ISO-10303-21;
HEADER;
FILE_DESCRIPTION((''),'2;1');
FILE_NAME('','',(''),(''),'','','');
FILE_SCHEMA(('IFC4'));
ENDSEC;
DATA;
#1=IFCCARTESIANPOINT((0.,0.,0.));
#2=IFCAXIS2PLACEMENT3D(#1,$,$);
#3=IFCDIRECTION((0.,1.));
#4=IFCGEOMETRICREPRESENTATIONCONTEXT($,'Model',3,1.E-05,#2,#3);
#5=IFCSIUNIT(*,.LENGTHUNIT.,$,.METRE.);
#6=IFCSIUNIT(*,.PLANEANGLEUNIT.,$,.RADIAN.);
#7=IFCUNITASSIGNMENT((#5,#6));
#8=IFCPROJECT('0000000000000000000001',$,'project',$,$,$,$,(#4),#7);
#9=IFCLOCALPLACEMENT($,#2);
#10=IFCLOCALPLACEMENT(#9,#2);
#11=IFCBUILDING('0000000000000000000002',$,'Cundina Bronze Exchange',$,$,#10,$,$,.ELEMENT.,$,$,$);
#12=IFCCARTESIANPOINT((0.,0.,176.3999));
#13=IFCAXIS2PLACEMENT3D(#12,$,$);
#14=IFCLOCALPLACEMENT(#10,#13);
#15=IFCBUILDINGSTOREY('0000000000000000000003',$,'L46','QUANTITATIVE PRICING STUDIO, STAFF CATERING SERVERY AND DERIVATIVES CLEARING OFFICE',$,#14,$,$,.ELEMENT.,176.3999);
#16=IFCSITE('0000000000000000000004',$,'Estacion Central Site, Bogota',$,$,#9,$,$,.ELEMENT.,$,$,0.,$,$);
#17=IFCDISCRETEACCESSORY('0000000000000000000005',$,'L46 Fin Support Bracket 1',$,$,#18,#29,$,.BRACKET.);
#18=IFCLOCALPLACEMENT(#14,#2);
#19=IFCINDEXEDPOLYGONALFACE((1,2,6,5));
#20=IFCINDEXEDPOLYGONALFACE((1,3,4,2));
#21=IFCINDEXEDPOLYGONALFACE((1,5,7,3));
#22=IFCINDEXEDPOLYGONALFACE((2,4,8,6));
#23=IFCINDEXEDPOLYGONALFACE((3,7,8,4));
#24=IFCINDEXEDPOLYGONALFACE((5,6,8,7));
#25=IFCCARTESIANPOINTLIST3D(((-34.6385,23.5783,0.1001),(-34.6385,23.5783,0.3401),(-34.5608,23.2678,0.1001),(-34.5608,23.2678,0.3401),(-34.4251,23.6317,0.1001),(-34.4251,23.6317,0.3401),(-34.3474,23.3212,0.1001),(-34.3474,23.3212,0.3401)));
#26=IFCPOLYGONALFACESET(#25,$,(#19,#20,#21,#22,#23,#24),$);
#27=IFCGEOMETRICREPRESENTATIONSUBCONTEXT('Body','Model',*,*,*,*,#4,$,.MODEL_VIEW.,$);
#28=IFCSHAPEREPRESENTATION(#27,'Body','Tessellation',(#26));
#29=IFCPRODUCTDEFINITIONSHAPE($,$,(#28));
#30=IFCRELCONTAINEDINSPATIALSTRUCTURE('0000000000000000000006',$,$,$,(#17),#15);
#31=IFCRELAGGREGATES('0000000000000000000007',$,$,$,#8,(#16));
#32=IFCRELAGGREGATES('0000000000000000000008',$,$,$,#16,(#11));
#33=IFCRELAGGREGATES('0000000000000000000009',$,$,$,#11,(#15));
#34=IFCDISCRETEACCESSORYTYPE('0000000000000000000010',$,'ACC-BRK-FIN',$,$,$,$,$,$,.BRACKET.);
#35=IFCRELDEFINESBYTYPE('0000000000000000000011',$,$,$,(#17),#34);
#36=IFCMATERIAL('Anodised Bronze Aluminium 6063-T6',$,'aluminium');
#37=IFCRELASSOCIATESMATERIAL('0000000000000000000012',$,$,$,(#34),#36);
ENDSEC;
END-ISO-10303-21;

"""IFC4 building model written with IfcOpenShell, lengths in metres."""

from ifc_helpers import new_model, si_unit, direction, frame, origin, origin_2d, place, context, subcontext, project, spatial, rectangle, extrude, material, type_object, element, save


model = new_model("IFC4")

# Units and contexts
model_context = context("Model", 3, precision=1e-05, world=origin(), true_north=direction((0.0, 1.0)))
body_context = subcontext(model_context, "Body", "Model", "MODEL_VIEW")
ifc_project = project(units=[si_unit("LENGTHUNIT", "METRE"), si_unit("PLANEANGLEUNIT", "RADIAN")], contexts=[model_context])

# Site, building, storey
site_placement = place(None, origin())
site = spatial("IfcSite", under=ifc_project, at=site_placement, Name="Estacion Central Site, Bogota", CompositionType="ELEMENT", RefElevation=0.0)
building_placement = place(site_placement, origin())
building = spatial("IfcBuilding", under=site, at=building_placement, Name="Cundina Bronze Exchange", CompositionType="ELEMENT")
storey_placement = place(building_placement, frame((0.0, 0.0, 176.3999)))
storey = spatial("IfcBuildingStorey", under=building, at=storey_placement, Name="L46", Description="QUANTITATIVE PRICING STUDIO, STAFF CATERING SERVERY AND DERIVATIVES CLEARING OFFICE", CompositionType="ELEMENT", Elevation=176.3999)

# Shared definitions
ifc_material_1 = material(Name="Anodised Bronze Aluminium 6063-T6", Category="aluminium")

# Discrete accessory
discrete_accessory_type = type_object("IfcDiscreteAccessoryType", Name="ACC-BRK-FIN", PredefinedType="BRACKET", material=ifc_material_1)
discrete_accessory_placement = place(storey_placement, frame((-34.4929, 23.4497, 0.1001), z_axis=(0.0, 0.0, 1.0), x_axis=(-0.970093, -0.242735, 0.0)))
element("IfcDiscreteAccessory", 1, at=discrete_accessory_placement, inside=storey, type_object=discrete_accessory_type, Name="L46 Fin Support Bracket 1", PredefinedType="BRACKET", context=body_context, shape_type="SweptSolid", body=[
    extrude(rectangle(XDim=0.22, YDim=0.3201, at=origin_2d()), origin(), (0.0, 0.0, 1.0), 0.24),
])

save(model, "model.ifc")
